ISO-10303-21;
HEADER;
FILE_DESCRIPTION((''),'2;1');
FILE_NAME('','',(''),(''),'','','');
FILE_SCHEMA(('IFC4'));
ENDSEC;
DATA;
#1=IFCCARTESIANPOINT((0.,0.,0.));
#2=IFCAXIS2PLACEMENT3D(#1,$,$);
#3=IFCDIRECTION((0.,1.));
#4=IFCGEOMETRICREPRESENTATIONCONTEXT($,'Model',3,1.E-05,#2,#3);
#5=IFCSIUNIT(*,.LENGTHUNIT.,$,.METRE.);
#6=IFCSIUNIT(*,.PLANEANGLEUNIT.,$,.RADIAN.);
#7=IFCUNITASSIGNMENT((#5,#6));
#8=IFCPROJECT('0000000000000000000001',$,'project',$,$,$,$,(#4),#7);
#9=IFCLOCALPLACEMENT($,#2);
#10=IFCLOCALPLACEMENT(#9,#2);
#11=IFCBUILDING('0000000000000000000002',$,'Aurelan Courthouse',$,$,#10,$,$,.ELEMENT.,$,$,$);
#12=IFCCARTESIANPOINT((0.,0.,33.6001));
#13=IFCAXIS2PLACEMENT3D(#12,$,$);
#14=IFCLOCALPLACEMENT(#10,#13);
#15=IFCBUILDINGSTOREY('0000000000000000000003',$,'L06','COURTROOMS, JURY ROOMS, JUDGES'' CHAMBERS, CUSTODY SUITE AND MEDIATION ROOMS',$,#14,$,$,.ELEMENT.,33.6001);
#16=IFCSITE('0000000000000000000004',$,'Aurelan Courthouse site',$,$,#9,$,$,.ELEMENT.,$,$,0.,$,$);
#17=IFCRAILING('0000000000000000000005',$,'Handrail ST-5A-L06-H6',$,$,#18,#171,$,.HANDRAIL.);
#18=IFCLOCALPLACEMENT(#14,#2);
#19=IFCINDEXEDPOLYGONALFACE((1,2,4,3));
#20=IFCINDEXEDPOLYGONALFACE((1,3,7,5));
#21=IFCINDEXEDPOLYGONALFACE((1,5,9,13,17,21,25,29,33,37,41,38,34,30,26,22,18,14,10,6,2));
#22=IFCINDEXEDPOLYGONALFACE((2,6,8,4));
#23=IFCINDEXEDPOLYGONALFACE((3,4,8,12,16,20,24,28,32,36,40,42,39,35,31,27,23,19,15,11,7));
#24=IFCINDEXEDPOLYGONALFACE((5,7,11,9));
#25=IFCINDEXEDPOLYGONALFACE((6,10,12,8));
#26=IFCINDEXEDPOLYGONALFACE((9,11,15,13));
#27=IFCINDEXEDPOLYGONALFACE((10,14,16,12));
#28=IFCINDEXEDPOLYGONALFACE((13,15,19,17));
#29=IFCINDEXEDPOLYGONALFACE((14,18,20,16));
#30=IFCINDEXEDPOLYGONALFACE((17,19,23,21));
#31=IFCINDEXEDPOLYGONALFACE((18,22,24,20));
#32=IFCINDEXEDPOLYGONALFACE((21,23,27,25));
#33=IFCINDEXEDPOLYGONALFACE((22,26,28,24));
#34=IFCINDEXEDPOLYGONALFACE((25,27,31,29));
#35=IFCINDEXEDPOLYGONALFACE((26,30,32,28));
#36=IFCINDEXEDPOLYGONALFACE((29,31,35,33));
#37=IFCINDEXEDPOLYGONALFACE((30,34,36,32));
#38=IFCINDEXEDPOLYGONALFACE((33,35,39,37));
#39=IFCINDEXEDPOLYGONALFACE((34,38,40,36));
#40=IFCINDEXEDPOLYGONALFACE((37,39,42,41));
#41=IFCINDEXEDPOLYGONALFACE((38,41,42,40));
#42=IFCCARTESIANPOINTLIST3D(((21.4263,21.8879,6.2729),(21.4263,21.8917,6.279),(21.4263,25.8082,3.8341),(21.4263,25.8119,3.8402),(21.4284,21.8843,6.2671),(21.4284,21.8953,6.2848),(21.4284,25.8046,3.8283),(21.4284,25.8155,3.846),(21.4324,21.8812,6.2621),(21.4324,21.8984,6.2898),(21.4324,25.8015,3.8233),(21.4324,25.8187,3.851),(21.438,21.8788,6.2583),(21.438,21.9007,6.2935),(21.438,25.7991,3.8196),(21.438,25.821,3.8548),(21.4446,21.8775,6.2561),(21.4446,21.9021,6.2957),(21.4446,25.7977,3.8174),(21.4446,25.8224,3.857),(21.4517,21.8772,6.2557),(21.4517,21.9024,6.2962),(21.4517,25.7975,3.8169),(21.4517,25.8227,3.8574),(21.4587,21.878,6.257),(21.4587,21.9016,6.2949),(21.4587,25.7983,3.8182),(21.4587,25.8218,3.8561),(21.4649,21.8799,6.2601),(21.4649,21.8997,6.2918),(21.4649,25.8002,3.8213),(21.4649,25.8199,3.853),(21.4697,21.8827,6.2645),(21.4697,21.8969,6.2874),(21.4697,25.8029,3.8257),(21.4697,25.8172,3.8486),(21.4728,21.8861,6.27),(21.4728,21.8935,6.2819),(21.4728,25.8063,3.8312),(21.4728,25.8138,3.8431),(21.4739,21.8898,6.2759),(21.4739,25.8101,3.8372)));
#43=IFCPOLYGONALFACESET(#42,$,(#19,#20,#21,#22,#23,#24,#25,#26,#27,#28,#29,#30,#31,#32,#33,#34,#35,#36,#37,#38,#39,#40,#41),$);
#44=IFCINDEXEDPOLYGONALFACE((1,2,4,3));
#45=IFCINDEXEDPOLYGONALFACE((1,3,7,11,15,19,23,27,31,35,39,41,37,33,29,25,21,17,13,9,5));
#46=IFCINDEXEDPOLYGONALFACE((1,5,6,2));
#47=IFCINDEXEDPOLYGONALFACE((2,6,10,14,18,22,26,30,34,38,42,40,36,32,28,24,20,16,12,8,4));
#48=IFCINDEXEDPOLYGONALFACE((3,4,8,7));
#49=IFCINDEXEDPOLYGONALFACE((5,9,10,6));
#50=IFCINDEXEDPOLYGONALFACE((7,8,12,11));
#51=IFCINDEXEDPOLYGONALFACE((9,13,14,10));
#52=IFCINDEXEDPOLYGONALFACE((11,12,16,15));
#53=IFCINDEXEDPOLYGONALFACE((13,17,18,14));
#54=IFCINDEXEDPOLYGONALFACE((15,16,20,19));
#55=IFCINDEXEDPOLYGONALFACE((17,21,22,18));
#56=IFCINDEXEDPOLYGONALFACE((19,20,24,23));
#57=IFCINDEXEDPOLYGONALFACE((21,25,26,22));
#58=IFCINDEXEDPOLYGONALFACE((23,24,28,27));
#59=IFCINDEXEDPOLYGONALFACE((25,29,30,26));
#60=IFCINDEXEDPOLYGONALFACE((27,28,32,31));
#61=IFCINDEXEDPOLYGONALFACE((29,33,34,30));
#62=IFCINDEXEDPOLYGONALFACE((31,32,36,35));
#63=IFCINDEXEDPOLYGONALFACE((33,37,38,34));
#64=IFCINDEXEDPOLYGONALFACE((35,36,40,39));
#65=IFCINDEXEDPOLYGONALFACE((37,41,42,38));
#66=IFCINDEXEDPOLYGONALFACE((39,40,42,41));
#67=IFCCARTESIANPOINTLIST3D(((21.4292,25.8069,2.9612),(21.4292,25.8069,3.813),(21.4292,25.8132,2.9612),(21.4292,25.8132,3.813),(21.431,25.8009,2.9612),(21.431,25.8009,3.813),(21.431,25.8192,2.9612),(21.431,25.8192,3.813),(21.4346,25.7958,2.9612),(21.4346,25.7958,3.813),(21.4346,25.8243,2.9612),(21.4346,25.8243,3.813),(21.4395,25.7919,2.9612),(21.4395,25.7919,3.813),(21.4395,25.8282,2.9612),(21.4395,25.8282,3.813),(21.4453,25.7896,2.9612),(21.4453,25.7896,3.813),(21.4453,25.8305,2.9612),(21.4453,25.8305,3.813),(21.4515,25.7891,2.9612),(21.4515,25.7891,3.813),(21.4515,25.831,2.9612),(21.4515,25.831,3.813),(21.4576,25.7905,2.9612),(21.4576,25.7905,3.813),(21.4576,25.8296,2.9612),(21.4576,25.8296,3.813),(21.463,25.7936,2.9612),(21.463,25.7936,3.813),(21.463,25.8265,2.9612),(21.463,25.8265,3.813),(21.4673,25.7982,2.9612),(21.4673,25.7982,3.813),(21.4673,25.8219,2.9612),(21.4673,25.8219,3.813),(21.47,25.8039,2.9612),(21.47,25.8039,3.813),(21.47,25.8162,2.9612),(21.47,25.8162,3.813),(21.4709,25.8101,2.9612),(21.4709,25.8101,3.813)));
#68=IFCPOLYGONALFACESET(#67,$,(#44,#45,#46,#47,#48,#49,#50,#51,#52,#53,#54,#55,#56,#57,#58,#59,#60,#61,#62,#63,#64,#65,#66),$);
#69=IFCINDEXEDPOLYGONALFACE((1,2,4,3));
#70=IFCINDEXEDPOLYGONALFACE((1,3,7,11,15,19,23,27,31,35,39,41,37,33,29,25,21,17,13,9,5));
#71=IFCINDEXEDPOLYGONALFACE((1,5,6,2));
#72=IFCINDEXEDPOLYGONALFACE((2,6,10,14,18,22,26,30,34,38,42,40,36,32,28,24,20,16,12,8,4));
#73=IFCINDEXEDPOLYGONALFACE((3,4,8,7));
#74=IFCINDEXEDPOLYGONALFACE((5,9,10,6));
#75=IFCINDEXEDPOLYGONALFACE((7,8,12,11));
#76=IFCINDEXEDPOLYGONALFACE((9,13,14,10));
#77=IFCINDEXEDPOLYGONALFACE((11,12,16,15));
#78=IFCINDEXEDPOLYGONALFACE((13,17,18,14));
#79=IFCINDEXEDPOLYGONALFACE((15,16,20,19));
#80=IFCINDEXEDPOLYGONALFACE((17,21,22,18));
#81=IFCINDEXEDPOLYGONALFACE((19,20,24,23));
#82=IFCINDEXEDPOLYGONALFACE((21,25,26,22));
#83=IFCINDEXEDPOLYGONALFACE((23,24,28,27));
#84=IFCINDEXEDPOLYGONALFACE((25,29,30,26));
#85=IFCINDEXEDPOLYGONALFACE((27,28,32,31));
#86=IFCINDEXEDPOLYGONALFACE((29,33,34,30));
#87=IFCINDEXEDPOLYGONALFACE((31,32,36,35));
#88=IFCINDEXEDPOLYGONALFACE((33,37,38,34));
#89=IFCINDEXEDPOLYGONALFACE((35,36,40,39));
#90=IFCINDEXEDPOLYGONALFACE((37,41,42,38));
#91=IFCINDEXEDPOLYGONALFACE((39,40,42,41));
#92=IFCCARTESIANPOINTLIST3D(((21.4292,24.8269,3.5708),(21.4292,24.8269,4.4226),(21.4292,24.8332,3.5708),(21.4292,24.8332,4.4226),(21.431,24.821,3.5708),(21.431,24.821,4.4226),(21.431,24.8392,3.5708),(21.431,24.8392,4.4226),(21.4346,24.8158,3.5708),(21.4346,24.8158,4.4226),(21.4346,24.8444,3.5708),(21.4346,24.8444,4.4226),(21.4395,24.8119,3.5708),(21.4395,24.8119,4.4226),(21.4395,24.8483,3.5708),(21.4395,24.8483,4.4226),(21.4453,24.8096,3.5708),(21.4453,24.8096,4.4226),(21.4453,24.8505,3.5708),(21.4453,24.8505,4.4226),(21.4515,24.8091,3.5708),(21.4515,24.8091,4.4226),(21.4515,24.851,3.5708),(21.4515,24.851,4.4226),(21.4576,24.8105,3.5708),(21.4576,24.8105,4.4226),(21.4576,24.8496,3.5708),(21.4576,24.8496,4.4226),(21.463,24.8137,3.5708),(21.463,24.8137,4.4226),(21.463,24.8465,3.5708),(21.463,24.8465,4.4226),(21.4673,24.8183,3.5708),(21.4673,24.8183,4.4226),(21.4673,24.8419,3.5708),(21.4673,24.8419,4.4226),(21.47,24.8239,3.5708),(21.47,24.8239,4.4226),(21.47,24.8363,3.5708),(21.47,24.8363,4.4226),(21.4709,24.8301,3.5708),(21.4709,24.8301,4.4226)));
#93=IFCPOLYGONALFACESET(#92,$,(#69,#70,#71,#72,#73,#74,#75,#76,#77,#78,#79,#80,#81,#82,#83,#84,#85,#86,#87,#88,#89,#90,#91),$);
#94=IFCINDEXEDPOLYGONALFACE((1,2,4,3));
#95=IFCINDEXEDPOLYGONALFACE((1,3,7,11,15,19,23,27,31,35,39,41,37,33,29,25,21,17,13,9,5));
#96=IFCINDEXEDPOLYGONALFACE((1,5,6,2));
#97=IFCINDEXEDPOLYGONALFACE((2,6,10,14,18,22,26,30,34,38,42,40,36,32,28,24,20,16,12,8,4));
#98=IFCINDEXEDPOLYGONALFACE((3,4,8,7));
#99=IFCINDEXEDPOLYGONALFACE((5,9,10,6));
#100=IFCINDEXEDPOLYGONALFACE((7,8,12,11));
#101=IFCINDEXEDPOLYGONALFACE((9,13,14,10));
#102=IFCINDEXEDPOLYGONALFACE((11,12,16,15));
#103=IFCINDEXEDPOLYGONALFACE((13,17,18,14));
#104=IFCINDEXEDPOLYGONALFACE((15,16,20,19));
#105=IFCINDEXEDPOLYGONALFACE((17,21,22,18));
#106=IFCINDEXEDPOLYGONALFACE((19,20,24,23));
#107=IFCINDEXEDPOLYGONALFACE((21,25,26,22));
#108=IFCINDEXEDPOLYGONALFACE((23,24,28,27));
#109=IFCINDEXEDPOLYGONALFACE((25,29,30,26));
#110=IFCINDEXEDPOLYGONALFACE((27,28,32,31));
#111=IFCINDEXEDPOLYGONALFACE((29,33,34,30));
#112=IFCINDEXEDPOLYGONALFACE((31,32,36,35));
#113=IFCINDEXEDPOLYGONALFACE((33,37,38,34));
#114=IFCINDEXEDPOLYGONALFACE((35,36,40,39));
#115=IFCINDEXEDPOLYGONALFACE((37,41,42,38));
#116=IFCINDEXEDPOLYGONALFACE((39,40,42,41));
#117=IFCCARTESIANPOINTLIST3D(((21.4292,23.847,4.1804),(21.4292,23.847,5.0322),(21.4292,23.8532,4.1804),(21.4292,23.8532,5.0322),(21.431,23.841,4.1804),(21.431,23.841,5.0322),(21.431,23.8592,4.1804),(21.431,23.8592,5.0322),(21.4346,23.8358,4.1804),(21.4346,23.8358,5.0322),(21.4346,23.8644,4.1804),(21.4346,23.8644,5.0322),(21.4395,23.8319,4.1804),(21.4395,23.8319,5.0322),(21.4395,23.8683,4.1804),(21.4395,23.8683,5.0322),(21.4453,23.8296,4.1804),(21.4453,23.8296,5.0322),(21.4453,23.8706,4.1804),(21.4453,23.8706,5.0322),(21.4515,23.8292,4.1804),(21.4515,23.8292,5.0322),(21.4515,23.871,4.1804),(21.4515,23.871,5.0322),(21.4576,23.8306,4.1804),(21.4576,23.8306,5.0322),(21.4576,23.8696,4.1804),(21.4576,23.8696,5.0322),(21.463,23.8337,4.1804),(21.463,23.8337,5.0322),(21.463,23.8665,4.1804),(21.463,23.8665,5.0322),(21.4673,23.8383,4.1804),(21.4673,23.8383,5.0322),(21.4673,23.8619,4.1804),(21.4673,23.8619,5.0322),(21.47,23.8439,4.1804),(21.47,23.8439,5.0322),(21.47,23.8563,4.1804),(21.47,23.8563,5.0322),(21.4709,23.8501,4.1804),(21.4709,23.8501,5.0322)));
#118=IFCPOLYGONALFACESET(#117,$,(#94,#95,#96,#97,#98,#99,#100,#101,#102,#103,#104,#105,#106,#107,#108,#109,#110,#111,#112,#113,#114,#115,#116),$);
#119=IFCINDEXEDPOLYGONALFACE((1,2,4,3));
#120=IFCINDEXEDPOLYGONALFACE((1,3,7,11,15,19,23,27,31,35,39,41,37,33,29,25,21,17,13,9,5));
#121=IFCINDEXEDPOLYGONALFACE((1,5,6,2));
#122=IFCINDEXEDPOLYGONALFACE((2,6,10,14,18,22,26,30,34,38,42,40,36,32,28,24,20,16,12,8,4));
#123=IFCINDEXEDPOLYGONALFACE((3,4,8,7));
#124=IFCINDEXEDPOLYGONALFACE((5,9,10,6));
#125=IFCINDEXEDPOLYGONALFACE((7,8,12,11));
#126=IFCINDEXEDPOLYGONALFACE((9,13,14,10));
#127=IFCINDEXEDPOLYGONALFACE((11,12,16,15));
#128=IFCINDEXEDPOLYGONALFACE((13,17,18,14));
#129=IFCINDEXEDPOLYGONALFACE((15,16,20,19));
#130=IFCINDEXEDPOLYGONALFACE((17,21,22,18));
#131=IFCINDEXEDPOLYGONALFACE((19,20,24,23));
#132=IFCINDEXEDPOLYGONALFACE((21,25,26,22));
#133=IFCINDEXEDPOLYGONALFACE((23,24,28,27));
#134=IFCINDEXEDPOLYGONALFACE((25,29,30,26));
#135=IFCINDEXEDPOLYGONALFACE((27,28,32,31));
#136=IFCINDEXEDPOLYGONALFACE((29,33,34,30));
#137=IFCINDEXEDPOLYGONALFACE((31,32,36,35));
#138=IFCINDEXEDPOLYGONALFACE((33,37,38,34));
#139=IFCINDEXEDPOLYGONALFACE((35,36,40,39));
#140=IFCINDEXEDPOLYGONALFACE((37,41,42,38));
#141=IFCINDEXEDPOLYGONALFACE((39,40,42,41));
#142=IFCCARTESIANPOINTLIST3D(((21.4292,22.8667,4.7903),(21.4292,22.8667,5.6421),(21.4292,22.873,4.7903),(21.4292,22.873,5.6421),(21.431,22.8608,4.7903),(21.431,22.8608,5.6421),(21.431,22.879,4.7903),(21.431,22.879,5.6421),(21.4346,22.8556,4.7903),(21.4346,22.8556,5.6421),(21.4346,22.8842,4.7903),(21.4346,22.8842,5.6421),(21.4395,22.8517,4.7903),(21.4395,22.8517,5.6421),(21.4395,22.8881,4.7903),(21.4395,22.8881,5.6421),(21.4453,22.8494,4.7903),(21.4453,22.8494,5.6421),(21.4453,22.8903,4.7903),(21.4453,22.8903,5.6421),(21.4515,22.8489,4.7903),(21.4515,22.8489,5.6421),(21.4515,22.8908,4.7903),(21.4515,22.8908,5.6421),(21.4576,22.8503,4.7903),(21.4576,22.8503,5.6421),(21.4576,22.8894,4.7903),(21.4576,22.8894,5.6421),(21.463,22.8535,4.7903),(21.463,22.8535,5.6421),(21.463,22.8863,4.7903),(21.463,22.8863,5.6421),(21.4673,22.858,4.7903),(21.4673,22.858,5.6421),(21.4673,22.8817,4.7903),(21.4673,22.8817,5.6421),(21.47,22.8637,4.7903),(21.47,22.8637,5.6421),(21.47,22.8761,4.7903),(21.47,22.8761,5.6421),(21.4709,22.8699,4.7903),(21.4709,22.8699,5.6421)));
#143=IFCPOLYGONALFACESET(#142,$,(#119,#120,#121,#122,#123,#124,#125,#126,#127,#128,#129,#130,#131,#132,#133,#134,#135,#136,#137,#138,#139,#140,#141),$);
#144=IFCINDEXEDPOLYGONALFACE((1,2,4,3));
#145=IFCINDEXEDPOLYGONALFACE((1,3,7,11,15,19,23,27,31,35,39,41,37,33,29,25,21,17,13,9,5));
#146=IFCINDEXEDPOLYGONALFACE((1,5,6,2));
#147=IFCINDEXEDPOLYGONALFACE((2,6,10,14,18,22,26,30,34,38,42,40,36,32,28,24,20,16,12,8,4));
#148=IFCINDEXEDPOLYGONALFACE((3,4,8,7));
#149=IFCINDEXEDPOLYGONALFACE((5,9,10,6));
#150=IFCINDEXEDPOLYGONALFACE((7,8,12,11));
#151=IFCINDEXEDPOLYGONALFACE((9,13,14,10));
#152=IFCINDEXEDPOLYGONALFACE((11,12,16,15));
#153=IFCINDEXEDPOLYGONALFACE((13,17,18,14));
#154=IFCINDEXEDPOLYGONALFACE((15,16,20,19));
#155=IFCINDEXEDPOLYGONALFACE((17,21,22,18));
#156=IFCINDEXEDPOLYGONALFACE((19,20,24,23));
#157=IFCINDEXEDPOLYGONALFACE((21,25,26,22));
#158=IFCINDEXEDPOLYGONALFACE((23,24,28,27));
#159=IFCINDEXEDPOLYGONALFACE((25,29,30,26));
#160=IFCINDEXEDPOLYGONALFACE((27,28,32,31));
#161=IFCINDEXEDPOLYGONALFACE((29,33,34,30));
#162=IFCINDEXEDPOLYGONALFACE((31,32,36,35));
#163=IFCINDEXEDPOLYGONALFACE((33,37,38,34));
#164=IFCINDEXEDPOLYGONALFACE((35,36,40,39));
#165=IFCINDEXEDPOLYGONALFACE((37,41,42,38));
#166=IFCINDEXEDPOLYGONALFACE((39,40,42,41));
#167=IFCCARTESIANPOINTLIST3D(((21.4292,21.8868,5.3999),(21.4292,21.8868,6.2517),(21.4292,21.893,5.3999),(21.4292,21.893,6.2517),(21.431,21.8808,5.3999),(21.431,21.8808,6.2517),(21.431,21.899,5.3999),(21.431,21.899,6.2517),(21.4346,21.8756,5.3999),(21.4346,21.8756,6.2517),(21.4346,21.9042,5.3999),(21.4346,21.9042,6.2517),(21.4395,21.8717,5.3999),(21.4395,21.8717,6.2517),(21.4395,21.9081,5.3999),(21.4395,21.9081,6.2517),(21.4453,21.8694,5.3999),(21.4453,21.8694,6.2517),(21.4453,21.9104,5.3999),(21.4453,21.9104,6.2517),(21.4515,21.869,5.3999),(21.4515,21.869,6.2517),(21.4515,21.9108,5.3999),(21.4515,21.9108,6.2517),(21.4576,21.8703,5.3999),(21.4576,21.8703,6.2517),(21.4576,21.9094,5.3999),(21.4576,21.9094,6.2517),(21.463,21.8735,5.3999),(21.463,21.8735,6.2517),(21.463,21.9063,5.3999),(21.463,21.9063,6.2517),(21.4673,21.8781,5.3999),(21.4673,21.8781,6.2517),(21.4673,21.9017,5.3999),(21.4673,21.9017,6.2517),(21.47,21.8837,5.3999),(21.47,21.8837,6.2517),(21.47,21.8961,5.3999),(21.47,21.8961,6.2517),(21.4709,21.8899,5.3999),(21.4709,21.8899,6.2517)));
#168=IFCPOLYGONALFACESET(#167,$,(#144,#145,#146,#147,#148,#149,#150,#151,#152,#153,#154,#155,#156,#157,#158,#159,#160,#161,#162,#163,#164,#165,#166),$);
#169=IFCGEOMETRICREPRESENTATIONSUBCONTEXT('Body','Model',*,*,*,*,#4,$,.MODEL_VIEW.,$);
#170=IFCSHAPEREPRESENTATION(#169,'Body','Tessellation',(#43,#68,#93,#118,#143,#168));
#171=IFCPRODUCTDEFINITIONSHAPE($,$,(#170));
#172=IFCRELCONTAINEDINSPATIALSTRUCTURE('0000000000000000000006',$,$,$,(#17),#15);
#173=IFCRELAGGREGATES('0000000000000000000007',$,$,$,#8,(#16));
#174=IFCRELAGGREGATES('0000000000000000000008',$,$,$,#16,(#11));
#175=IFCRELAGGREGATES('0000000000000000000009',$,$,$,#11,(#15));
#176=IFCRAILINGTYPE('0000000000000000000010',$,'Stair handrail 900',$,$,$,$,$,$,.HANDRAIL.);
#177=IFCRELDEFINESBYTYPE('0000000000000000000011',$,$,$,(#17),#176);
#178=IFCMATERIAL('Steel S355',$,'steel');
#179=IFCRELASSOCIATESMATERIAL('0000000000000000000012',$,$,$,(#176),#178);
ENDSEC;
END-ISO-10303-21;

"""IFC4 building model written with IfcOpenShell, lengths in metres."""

from ifc_helpers import new_model, si_unit, direction, frame, origin, origin_2d, place, context, subcontext, project, spatial, circle, extrude, material, type_object, element, save


model = new_model("IFC4")

# Units and contexts
model_context = context("Model", 3, precision=1e-05, world=origin(), true_north=direction((0.0, 1.0)))
body_context = subcontext(model_context, "Body", "Model", "MODEL_VIEW")
ifc_project = project(units=[si_unit("LENGTHUNIT", "METRE"), si_unit("PLANEANGLEUNIT", "RADIAN")], contexts=[model_context])

# Site, building, storey
site_placement = place(None, origin())
site = spatial("IfcSite", under=ifc_project, at=site_placement, Name="Aurelan Courthouse site", CompositionType="ELEMENT", RefElevation=0.0)
building_placement = place(site_placement, origin())
building = spatial("IfcBuilding", under=site, at=building_placement, Name="Aurelan Courthouse", CompositionType="ELEMENT")
storey_placement = place(building_placement, frame((0.0, 0.0, 33.6001)))
storey = spatial("IfcBuildingStorey", under=building, at=storey_placement, Name="L06", Description="COURTROOMS, JURY ROOMS, JUDGES' CHAMBERS, CUSTODY SUITE AND MEDIATION ROOMS", CompositionType="ELEMENT", Elevation=33.6001)

# Railing
ifc_material_1 = material(Name="Steel S355", Category="steel")
railing_type_1 = type_object("IfcRailingType", Name="Stair handrail 900", PredefinedType="HANDRAIL", material=ifc_material_1)
for number, where, name in (
    (1, (21.45, 25.8101, 2.9612), "Handrail ST-5A-L06-H6"),
):
    element("IfcRailing", number, at=place(storey_placement, frame(where)), inside=storey, type_object=railing_type_1, Name=name, PredefinedType="HANDRAIL", context=body_context, shape_type="SweptSolid", body=[
        extrude(circle(Radius=0.0239, at=origin_2d()), frame((0.0, 0.0, 0.876), z_axis=(0.0, -0.849105, 0.528225), x_axis=(1.0, 0.0, 0.0)), (0.0, 0.0, 1.0), 4.6169),
        extrude(circle(Radius=0.021, at=origin_2d()), origin(), (0.0, 0.0, 1.0), 0.8518),
        extrude(circle(Radius=0.021, at=origin_2d()), frame((0.0, -0.98, 0.6096)), (0.0, 0.0, 1.0), 0.8518),
        extrude(circle(Radius=0.021, at=origin_2d()), frame((0.0, -1.96, 1.2192)), (0.0, 0.0, 1.0), 0.8518),
        extrude(circle(Radius=0.021, at=origin_2d()), frame((0.0, -2.9402, 1.8291)), (0.0, 0.0, 1.0), 0.8518),
        extrude(circle(Radius=0.021, at=origin_2d()), frame((0.0, -3.9202, 2.4387)), (0.0, 0.0, 1.0), 0.8518),
    ])

save(model, "model.ifc")
